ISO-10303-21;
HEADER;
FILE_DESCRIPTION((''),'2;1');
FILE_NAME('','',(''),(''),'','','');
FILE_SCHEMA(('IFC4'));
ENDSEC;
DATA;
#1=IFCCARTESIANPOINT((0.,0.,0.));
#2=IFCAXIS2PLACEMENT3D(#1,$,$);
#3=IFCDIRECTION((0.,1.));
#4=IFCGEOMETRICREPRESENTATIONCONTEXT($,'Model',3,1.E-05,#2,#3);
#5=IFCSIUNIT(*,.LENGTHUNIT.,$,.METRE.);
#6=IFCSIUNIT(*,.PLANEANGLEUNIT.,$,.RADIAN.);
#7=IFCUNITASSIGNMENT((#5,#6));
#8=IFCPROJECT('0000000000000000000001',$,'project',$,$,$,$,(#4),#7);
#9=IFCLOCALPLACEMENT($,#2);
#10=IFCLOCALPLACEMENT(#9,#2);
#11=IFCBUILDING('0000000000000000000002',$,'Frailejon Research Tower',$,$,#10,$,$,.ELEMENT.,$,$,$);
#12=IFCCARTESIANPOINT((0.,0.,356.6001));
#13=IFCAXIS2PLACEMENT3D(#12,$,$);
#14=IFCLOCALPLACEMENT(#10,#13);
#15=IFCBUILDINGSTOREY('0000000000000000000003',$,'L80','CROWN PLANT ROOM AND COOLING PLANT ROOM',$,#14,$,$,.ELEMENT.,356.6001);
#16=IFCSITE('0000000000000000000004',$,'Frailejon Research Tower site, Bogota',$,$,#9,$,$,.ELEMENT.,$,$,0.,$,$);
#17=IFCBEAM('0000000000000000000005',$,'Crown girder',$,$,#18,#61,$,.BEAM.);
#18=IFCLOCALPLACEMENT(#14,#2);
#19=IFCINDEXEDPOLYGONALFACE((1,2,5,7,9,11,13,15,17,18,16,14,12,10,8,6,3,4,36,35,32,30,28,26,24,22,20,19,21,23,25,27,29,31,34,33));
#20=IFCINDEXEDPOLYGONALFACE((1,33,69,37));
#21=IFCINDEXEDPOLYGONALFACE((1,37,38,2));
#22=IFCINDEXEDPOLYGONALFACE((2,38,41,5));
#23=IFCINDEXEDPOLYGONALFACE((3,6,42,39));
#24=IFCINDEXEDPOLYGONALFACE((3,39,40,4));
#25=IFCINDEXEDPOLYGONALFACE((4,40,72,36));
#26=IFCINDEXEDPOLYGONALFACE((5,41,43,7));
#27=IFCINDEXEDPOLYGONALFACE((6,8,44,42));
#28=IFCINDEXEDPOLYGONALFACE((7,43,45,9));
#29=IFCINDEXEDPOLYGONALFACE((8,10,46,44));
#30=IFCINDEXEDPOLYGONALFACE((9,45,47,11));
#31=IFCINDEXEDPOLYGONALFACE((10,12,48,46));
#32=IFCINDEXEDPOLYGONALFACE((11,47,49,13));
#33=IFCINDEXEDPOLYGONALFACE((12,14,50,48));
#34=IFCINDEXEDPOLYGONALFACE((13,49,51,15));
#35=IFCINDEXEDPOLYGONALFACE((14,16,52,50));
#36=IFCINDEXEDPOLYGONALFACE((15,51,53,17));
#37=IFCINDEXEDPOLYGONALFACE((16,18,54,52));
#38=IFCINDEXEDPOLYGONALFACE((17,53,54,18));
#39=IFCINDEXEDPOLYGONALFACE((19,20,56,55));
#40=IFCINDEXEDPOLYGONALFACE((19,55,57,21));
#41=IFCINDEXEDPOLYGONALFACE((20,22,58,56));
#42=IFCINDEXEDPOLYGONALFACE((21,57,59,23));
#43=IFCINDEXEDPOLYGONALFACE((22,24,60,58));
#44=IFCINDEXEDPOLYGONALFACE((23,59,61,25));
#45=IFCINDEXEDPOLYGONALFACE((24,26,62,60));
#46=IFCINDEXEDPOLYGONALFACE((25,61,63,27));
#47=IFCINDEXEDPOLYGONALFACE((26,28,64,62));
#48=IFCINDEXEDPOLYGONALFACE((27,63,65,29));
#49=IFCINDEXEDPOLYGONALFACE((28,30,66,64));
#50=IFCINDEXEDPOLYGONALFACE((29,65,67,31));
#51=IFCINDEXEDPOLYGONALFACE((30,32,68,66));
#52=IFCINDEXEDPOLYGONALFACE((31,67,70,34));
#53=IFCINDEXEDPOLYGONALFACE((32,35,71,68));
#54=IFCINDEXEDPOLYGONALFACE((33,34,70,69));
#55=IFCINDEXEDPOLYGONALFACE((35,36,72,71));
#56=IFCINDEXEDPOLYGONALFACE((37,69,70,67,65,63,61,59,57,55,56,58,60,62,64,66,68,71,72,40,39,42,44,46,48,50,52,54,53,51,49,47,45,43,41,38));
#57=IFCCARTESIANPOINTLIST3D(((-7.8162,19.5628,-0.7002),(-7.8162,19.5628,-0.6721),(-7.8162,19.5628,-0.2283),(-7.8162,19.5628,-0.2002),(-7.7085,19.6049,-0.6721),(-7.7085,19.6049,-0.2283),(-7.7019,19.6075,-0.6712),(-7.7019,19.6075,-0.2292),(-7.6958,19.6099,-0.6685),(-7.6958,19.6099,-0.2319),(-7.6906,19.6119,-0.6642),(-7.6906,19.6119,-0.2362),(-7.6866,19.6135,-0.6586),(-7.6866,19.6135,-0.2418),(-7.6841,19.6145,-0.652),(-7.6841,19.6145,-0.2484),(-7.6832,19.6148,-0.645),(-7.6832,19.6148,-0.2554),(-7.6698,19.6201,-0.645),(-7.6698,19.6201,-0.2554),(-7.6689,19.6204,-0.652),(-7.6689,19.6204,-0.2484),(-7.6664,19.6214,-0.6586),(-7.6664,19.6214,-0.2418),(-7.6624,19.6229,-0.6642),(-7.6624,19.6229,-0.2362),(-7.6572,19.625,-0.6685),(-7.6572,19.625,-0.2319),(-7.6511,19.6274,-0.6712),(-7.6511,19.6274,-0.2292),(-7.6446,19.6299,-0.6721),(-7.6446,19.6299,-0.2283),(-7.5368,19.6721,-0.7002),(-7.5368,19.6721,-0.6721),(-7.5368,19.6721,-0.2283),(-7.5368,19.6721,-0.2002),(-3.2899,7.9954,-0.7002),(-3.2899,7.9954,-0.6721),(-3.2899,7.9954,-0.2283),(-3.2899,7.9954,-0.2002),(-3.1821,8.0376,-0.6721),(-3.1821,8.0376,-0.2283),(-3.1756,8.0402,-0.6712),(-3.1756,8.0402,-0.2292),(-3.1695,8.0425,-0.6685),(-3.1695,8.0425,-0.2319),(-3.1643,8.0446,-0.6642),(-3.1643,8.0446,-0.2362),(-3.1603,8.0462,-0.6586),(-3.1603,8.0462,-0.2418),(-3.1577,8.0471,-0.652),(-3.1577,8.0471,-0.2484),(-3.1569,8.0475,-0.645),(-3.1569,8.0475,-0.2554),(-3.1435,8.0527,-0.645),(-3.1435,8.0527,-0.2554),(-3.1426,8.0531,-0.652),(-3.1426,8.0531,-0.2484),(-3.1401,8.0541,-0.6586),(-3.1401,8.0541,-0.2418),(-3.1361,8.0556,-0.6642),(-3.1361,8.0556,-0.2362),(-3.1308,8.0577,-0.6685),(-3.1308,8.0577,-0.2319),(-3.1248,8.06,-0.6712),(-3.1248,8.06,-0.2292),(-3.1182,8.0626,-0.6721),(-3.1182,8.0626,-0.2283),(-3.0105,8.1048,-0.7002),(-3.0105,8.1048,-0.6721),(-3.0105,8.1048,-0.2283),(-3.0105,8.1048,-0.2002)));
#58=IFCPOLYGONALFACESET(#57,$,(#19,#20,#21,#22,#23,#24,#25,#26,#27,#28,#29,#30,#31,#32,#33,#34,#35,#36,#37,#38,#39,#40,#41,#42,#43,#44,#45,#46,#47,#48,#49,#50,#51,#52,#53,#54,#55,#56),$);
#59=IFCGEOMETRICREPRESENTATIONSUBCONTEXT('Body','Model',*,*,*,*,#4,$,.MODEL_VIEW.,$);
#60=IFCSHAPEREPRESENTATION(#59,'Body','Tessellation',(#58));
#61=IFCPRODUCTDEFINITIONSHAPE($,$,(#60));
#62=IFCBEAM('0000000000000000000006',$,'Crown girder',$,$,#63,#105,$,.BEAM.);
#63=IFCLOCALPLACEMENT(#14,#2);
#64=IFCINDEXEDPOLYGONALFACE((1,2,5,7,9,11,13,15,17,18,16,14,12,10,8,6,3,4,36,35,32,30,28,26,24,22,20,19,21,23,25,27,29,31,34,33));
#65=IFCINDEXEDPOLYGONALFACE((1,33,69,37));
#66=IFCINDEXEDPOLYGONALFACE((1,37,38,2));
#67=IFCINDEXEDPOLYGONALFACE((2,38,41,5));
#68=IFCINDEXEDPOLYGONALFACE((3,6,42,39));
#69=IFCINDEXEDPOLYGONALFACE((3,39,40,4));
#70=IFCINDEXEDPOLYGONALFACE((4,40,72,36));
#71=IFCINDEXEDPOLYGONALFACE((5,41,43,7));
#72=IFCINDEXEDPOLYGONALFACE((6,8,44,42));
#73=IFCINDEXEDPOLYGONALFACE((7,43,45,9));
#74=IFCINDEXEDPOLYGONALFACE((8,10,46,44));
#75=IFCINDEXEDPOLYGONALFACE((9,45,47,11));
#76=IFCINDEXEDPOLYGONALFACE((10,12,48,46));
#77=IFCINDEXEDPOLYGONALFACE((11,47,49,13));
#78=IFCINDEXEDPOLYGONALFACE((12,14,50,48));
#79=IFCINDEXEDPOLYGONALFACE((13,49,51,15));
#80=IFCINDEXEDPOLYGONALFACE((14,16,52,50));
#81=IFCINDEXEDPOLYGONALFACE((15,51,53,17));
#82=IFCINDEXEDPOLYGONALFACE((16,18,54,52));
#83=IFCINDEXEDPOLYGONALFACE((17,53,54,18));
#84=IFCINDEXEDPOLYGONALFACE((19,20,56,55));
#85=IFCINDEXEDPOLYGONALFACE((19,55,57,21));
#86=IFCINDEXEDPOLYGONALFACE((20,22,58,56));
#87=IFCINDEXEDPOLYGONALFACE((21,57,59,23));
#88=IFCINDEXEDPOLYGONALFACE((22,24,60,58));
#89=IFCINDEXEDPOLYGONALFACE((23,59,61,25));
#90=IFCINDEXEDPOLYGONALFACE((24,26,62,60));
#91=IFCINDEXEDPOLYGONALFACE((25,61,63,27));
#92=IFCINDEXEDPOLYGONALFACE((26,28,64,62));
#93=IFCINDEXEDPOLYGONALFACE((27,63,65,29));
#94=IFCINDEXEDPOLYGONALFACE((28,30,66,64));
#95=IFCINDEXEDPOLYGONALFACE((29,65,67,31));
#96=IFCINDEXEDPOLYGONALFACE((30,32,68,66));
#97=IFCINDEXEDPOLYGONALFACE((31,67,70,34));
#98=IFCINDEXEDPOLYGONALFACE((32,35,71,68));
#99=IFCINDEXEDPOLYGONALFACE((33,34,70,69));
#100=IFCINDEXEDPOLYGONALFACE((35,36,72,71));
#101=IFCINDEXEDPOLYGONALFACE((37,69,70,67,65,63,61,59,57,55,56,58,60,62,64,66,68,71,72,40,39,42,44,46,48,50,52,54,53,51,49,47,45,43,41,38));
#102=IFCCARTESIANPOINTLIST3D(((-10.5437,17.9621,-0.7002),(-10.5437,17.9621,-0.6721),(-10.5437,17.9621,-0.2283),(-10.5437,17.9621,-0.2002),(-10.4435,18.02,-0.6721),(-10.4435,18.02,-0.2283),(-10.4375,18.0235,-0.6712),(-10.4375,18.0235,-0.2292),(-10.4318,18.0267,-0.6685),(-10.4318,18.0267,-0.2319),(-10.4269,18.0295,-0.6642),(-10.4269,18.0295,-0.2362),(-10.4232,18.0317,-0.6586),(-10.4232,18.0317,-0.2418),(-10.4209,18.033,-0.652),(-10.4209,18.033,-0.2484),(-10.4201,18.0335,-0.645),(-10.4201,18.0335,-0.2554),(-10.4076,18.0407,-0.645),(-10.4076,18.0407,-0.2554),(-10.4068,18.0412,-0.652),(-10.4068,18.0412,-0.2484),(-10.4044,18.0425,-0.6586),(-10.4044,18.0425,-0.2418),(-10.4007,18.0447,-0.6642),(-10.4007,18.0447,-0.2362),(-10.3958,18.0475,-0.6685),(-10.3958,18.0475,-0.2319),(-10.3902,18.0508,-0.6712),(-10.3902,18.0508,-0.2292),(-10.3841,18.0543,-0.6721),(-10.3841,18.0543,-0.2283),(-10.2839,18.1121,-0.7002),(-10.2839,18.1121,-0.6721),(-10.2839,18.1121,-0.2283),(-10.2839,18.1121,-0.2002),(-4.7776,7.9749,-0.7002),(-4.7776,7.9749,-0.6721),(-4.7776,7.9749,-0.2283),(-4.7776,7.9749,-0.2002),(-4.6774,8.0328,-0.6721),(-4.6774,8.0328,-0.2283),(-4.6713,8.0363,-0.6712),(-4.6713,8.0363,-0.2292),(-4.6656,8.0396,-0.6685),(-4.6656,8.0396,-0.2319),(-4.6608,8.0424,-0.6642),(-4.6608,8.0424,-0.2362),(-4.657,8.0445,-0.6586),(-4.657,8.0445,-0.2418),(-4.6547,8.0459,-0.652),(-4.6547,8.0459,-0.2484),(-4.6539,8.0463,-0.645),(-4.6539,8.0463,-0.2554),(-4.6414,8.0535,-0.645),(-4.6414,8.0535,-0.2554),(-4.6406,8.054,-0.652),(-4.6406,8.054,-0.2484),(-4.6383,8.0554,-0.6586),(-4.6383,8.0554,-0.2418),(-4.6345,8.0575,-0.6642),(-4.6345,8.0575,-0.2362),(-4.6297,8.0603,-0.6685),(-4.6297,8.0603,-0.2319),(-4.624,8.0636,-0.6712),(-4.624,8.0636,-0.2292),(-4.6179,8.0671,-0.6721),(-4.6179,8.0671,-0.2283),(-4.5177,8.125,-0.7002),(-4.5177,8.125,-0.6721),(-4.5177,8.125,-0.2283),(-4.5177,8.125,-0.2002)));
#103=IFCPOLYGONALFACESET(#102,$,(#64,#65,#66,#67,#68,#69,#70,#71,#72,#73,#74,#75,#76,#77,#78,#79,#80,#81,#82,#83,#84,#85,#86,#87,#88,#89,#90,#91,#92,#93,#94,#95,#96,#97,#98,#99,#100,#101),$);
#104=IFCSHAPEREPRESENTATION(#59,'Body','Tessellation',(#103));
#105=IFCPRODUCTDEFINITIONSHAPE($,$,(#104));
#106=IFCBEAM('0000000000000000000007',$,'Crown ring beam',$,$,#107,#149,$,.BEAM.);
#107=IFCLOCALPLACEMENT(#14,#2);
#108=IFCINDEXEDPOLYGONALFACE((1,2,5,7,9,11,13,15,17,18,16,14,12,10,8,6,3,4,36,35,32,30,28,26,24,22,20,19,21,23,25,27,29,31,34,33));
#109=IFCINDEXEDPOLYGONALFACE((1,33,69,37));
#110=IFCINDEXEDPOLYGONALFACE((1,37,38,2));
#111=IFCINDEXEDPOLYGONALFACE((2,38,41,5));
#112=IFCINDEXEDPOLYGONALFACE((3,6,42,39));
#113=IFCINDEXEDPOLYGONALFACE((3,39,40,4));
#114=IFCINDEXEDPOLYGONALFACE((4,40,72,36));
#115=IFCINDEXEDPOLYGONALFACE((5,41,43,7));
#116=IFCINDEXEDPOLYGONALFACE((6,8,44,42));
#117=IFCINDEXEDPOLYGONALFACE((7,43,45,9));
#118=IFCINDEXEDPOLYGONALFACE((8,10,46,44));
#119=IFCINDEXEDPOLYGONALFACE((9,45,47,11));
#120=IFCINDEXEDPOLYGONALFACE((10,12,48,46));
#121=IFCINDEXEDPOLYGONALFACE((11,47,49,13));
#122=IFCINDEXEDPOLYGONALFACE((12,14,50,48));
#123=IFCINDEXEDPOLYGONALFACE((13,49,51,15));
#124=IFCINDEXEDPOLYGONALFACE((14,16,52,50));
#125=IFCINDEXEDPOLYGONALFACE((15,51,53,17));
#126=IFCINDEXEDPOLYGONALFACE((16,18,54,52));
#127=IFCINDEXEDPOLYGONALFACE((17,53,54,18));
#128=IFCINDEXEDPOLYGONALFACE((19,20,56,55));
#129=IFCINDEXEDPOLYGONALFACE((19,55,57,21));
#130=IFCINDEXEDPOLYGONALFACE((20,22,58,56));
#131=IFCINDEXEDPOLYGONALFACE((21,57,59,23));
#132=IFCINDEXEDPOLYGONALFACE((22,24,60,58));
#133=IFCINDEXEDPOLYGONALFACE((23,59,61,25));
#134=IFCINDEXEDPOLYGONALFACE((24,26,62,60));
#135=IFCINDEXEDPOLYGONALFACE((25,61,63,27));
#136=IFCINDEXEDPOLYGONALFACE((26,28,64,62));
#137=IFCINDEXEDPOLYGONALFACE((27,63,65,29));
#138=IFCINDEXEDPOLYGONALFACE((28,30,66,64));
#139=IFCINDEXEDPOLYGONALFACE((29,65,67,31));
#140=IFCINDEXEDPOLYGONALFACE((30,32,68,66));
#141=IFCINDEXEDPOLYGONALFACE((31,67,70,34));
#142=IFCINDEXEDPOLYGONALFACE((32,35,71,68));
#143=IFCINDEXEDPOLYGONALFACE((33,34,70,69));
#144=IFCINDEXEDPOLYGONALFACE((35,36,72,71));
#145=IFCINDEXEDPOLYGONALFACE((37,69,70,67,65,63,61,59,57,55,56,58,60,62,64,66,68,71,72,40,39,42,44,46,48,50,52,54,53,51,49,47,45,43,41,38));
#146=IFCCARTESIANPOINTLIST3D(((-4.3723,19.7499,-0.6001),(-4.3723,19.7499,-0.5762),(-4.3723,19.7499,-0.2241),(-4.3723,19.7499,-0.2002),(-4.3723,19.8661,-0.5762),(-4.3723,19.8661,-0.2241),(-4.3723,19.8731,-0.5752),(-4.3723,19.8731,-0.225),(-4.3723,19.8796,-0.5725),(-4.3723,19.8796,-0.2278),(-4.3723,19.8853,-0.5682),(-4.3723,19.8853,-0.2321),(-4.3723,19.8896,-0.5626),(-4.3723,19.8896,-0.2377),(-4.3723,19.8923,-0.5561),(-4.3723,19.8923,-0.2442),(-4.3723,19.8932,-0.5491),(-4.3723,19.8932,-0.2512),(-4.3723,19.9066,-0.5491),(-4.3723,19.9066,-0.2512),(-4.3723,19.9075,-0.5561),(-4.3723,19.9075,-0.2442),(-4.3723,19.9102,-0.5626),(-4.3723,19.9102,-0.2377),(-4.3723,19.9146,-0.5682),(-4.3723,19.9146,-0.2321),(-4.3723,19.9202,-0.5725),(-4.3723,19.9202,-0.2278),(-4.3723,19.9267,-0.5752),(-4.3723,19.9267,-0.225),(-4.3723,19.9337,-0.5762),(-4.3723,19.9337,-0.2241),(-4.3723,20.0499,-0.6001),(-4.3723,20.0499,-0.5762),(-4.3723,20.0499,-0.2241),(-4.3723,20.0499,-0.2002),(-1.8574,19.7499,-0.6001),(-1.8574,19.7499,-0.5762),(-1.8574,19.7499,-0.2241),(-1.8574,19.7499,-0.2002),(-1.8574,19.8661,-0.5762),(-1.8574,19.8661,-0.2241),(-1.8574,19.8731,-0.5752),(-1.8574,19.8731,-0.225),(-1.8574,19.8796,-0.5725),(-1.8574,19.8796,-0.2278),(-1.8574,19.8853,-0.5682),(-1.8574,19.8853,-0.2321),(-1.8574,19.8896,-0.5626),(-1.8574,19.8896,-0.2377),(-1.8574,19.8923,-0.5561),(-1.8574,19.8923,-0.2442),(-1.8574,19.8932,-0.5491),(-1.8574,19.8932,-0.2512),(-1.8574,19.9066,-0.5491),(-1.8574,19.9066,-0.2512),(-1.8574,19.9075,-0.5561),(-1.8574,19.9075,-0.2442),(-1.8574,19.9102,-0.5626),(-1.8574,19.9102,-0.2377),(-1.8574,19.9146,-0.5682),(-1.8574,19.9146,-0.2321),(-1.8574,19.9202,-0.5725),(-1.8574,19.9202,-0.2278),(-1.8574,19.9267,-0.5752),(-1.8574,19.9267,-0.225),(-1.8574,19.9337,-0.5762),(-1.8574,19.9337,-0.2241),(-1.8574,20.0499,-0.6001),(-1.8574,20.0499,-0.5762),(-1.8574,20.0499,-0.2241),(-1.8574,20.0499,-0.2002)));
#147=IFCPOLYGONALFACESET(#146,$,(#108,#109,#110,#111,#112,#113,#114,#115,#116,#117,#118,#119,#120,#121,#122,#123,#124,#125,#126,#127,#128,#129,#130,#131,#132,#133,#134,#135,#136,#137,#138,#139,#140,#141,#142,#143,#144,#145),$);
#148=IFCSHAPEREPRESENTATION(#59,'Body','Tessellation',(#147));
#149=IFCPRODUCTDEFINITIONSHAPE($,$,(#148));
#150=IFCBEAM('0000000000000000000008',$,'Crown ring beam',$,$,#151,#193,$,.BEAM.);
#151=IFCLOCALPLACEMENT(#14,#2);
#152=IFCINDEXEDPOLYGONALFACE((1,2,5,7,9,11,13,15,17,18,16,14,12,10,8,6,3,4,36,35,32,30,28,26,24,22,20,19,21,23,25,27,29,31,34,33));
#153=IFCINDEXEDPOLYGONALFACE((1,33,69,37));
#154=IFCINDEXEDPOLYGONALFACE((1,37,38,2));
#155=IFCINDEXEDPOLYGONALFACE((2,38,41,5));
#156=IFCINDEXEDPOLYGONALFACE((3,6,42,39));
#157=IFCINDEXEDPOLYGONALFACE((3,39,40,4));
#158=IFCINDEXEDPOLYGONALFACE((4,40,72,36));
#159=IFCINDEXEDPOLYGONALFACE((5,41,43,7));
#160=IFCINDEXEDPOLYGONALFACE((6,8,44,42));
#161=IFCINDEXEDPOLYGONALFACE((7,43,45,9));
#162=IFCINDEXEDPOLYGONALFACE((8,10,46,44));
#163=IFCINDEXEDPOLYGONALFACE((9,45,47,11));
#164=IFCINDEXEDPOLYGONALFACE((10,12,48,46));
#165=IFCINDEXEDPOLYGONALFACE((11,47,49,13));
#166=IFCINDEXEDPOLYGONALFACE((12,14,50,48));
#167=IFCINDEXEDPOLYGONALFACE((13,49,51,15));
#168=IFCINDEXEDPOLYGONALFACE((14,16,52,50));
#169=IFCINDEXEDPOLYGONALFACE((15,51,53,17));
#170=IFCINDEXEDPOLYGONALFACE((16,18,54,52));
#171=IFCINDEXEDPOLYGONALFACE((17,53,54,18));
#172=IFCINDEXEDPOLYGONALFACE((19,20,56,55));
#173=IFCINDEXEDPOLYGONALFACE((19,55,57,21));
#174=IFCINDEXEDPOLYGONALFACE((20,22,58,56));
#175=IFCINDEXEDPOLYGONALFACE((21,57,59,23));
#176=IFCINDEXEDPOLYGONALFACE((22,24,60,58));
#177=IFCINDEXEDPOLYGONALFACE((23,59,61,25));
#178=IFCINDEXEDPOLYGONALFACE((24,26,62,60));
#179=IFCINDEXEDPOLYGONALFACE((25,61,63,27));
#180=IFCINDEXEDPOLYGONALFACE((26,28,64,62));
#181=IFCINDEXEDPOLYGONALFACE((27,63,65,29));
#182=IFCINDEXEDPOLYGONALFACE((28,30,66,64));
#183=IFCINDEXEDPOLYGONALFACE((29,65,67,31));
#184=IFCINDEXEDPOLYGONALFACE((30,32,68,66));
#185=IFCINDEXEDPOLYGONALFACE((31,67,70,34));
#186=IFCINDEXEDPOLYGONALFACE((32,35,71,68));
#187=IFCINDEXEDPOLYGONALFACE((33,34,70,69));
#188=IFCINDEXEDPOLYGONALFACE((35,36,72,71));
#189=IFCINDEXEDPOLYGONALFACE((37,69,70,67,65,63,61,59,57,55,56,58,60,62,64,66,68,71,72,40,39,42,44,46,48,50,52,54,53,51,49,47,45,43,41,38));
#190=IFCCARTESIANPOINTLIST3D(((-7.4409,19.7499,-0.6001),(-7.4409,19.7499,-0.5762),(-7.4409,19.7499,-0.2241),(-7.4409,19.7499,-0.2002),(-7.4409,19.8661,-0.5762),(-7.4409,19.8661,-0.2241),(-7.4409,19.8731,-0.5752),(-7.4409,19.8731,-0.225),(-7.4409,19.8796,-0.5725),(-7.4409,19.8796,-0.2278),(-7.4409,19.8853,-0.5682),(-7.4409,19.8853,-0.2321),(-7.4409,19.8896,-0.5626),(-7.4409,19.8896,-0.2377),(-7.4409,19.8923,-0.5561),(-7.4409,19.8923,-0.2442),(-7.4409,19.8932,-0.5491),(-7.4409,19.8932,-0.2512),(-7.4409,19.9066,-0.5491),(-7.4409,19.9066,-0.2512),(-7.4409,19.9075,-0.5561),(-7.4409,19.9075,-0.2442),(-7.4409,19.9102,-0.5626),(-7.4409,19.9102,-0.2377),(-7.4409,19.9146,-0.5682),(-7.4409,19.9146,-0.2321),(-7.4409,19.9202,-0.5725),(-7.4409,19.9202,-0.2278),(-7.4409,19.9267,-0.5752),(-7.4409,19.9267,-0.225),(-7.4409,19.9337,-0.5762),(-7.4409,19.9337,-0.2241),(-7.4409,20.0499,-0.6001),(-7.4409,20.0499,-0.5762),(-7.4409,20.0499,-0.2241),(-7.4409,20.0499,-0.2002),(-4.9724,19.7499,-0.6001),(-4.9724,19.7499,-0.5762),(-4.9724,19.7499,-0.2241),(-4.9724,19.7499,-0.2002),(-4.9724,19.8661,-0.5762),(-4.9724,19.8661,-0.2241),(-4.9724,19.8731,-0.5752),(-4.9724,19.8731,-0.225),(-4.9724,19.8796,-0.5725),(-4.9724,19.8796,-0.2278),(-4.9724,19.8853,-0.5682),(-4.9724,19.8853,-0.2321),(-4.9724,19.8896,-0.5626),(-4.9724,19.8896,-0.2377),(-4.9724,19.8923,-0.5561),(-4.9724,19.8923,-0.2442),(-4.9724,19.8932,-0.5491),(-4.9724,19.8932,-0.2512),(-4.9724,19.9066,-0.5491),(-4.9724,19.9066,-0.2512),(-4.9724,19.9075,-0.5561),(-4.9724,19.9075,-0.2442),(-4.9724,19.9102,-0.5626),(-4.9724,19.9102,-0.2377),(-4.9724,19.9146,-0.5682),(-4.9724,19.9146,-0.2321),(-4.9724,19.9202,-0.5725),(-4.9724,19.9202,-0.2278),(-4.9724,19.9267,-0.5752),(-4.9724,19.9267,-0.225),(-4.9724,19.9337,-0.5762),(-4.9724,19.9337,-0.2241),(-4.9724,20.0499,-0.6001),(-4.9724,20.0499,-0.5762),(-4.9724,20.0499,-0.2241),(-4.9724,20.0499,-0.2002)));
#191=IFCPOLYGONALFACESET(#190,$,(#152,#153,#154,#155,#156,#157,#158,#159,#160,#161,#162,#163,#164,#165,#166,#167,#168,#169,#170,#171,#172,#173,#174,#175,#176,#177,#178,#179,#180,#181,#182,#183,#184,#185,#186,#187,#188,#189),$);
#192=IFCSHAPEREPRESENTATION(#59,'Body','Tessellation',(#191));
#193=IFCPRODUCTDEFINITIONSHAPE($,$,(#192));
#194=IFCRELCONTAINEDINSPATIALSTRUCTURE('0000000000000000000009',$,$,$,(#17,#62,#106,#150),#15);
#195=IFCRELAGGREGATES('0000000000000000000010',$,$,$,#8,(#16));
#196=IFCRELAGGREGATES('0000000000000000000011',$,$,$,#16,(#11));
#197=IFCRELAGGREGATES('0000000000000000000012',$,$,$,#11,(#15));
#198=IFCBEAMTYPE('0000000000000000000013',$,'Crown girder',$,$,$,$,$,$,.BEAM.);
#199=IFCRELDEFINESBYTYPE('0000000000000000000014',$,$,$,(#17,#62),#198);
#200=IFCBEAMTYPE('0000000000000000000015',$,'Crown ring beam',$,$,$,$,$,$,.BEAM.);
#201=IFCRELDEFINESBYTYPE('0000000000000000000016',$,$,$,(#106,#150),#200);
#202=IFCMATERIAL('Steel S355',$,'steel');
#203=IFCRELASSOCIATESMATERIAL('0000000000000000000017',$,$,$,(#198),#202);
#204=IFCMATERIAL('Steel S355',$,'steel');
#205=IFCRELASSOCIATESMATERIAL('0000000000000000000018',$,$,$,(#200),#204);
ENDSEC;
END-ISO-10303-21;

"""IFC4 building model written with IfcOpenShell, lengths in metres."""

from ifc_helpers import new_model, si_unit, direction, frame, origin, origin_2d, place, context, subcontext, project, spatial, i_section, extrude, material, material_profile, profile_set, type_object, element, save


model = new_model("IFC4")

# Units and contexts
model_context = context("Model", 3, precision=1e-05, world=origin(), true_north=direction((0.0, 1.0)))
body_context = subcontext(model_context, "Body", "Model", "MODEL_VIEW")
ifc_project = project(units=[si_unit("LENGTHUNIT", "METRE"), si_unit("PLANEANGLEUNIT", "RADIAN")], contexts=[model_context])

# Site, building, storey
site_placement = place(None, origin())
site = spatial("IfcSite", under=ifc_project, at=site_placement, Name="Frailejon Research Tower site, Bogota", CompositionType="ELEMENT", RefElevation=0.0)
building_placement = place(site_placement, origin())
building = spatial("IfcBuilding", under=site, at=building_placement, Name="Frailejon Research Tower", CompositionType="ELEMENT")
storey_placement = place(building_placement, frame((0.0, 0.0, 356.6001)))
storey = spatial("IfcBuildingStorey", under=building, at=storey_placement, Name="L80", Description="CROWN PLANT ROOM AND COOLING PLANT ROOM", CompositionType="ELEMENT", Elevation=356.6001)

# Beams
ifc_material_1 = material(Name="Steel S355", Category="steel")
ifc_material_profile_1 = material_profile(ifc_material_1, i_section(OverallWidth=0.3, OverallDepth=0.5, WebThickness=0.0144, FlangeThickness=0.0281, FilletRadius=0.0271, at=origin_2d()), Name="HE 500 B")
ifc_profile_set_1 = profile_set([ifc_material_profile_1], Name="Steel S355")
beam_type_1 = type_object("IfcBeamType", Name="Crown girder", PredefinedType="BEAM", material=ifc_profile_set_1)
beam_1_placement = place(storey_placement, frame((-7.6765, 19.6174, -0.4502), z_axis=(0.364399, -0.931243, 0.0), x_axis=(0.931243, 0.364399, 0.0)))
element("IfcBeam", 1, at=beam_1_placement, inside=storey, type_object=beam_type_1, Name="Crown girder", PredefinedType="BEAM", context=body_context, shape_type="SweptSolid", body=[
    extrude(i_section(OverallWidth=0.3, OverallDepth=0.5, WebThickness=0.0144, FlangeThickness=0.0281, FilletRadius=0.0271, at=origin_2d()), origin(), (0.0, 0.0, 1.0), 12.4214),
])
beam_2_placement = place(storey_placement, frame((-10.4138, 18.0371, -0.4502), z_axis=(0.500005, -0.866022, 0.0), x_axis=(0.866022, 0.500005, 0.0)))
element("IfcBeam", 2, at=beam_2_placement, inside=storey, type_object=beam_type_1, Name="Crown girder", PredefinedType="BEAM", context=body_context, shape_type="SweptSolid", body=[
    extrude(i_section(OverallWidth=0.3, OverallDepth=0.5, WebThickness=0.0144, FlangeThickness=0.0281, FilletRadius=0.0271, at=origin_2d()), origin(), (0.0, 0.0, 1.0), 11.5322),
])
ifc_material_2 = material(Name="Steel S355", Category="steel")
ifc_material_profile_2 = material_profile(ifc_material_2, i_section(OverallWidth=0.3, OverallDepth=0.3999, WebThickness=0.0134, FlangeThickness=0.0239, FilletRadius=0.0271, at=origin_2d()), Name="HE 400 B")
ifc_profile_set_2 = profile_set([ifc_material_profile_2], Name="Steel S355")
beam_type_2 = type_object("IfcBeamType", Name="Crown ring beam", PredefinedType="BEAM", material=ifc_profile_set_2)
beam_3_placement = place(storey_placement, frame((-1.8574, 19.8999, -0.4001), z_axis=(-1.0, 0.0, 0.0), x_axis=(0.0, -1.0, 0.0)))
element("IfcBeam", 3, at=beam_3_placement, inside=storey, type_object=beam_type_2, Name="Crown ring beam", PredefinedType="BEAM", context=body_context, shape_type="SweptSolid", body=[
    extrude(i_section(OverallWidth=0.3, OverallDepth=0.3999, WebThickness=0.0134, FlangeThickness=0.0239, FilletRadius=0.0271, at=origin_2d()), origin(), (0.0, 0.0, 1.0), 2.5149),
])
beam_4_placement = place(storey_placement, frame((-4.9724, 19.8999, -0.4001), z_axis=(-1.0, 0.0, 0.0), x_axis=(0.0, -1.0, 0.0)))
element("IfcBeam", 4, at=beam_4_placement, inside=storey, type_object=beam_type_2, Name="Crown ring beam", PredefinedType="BEAM", context=body_context, shape_type="SweptSolid", body=[
    extrude(i_section(OverallWidth=0.3, OverallDepth=0.3999, WebThickness=0.0134, FlangeThickness=0.0239, FilletRadius=0.0271, at=origin_2d()), origin(), (0.0, 0.0, 1.0), 2.4685),
])

save(model, "model.ifc")
